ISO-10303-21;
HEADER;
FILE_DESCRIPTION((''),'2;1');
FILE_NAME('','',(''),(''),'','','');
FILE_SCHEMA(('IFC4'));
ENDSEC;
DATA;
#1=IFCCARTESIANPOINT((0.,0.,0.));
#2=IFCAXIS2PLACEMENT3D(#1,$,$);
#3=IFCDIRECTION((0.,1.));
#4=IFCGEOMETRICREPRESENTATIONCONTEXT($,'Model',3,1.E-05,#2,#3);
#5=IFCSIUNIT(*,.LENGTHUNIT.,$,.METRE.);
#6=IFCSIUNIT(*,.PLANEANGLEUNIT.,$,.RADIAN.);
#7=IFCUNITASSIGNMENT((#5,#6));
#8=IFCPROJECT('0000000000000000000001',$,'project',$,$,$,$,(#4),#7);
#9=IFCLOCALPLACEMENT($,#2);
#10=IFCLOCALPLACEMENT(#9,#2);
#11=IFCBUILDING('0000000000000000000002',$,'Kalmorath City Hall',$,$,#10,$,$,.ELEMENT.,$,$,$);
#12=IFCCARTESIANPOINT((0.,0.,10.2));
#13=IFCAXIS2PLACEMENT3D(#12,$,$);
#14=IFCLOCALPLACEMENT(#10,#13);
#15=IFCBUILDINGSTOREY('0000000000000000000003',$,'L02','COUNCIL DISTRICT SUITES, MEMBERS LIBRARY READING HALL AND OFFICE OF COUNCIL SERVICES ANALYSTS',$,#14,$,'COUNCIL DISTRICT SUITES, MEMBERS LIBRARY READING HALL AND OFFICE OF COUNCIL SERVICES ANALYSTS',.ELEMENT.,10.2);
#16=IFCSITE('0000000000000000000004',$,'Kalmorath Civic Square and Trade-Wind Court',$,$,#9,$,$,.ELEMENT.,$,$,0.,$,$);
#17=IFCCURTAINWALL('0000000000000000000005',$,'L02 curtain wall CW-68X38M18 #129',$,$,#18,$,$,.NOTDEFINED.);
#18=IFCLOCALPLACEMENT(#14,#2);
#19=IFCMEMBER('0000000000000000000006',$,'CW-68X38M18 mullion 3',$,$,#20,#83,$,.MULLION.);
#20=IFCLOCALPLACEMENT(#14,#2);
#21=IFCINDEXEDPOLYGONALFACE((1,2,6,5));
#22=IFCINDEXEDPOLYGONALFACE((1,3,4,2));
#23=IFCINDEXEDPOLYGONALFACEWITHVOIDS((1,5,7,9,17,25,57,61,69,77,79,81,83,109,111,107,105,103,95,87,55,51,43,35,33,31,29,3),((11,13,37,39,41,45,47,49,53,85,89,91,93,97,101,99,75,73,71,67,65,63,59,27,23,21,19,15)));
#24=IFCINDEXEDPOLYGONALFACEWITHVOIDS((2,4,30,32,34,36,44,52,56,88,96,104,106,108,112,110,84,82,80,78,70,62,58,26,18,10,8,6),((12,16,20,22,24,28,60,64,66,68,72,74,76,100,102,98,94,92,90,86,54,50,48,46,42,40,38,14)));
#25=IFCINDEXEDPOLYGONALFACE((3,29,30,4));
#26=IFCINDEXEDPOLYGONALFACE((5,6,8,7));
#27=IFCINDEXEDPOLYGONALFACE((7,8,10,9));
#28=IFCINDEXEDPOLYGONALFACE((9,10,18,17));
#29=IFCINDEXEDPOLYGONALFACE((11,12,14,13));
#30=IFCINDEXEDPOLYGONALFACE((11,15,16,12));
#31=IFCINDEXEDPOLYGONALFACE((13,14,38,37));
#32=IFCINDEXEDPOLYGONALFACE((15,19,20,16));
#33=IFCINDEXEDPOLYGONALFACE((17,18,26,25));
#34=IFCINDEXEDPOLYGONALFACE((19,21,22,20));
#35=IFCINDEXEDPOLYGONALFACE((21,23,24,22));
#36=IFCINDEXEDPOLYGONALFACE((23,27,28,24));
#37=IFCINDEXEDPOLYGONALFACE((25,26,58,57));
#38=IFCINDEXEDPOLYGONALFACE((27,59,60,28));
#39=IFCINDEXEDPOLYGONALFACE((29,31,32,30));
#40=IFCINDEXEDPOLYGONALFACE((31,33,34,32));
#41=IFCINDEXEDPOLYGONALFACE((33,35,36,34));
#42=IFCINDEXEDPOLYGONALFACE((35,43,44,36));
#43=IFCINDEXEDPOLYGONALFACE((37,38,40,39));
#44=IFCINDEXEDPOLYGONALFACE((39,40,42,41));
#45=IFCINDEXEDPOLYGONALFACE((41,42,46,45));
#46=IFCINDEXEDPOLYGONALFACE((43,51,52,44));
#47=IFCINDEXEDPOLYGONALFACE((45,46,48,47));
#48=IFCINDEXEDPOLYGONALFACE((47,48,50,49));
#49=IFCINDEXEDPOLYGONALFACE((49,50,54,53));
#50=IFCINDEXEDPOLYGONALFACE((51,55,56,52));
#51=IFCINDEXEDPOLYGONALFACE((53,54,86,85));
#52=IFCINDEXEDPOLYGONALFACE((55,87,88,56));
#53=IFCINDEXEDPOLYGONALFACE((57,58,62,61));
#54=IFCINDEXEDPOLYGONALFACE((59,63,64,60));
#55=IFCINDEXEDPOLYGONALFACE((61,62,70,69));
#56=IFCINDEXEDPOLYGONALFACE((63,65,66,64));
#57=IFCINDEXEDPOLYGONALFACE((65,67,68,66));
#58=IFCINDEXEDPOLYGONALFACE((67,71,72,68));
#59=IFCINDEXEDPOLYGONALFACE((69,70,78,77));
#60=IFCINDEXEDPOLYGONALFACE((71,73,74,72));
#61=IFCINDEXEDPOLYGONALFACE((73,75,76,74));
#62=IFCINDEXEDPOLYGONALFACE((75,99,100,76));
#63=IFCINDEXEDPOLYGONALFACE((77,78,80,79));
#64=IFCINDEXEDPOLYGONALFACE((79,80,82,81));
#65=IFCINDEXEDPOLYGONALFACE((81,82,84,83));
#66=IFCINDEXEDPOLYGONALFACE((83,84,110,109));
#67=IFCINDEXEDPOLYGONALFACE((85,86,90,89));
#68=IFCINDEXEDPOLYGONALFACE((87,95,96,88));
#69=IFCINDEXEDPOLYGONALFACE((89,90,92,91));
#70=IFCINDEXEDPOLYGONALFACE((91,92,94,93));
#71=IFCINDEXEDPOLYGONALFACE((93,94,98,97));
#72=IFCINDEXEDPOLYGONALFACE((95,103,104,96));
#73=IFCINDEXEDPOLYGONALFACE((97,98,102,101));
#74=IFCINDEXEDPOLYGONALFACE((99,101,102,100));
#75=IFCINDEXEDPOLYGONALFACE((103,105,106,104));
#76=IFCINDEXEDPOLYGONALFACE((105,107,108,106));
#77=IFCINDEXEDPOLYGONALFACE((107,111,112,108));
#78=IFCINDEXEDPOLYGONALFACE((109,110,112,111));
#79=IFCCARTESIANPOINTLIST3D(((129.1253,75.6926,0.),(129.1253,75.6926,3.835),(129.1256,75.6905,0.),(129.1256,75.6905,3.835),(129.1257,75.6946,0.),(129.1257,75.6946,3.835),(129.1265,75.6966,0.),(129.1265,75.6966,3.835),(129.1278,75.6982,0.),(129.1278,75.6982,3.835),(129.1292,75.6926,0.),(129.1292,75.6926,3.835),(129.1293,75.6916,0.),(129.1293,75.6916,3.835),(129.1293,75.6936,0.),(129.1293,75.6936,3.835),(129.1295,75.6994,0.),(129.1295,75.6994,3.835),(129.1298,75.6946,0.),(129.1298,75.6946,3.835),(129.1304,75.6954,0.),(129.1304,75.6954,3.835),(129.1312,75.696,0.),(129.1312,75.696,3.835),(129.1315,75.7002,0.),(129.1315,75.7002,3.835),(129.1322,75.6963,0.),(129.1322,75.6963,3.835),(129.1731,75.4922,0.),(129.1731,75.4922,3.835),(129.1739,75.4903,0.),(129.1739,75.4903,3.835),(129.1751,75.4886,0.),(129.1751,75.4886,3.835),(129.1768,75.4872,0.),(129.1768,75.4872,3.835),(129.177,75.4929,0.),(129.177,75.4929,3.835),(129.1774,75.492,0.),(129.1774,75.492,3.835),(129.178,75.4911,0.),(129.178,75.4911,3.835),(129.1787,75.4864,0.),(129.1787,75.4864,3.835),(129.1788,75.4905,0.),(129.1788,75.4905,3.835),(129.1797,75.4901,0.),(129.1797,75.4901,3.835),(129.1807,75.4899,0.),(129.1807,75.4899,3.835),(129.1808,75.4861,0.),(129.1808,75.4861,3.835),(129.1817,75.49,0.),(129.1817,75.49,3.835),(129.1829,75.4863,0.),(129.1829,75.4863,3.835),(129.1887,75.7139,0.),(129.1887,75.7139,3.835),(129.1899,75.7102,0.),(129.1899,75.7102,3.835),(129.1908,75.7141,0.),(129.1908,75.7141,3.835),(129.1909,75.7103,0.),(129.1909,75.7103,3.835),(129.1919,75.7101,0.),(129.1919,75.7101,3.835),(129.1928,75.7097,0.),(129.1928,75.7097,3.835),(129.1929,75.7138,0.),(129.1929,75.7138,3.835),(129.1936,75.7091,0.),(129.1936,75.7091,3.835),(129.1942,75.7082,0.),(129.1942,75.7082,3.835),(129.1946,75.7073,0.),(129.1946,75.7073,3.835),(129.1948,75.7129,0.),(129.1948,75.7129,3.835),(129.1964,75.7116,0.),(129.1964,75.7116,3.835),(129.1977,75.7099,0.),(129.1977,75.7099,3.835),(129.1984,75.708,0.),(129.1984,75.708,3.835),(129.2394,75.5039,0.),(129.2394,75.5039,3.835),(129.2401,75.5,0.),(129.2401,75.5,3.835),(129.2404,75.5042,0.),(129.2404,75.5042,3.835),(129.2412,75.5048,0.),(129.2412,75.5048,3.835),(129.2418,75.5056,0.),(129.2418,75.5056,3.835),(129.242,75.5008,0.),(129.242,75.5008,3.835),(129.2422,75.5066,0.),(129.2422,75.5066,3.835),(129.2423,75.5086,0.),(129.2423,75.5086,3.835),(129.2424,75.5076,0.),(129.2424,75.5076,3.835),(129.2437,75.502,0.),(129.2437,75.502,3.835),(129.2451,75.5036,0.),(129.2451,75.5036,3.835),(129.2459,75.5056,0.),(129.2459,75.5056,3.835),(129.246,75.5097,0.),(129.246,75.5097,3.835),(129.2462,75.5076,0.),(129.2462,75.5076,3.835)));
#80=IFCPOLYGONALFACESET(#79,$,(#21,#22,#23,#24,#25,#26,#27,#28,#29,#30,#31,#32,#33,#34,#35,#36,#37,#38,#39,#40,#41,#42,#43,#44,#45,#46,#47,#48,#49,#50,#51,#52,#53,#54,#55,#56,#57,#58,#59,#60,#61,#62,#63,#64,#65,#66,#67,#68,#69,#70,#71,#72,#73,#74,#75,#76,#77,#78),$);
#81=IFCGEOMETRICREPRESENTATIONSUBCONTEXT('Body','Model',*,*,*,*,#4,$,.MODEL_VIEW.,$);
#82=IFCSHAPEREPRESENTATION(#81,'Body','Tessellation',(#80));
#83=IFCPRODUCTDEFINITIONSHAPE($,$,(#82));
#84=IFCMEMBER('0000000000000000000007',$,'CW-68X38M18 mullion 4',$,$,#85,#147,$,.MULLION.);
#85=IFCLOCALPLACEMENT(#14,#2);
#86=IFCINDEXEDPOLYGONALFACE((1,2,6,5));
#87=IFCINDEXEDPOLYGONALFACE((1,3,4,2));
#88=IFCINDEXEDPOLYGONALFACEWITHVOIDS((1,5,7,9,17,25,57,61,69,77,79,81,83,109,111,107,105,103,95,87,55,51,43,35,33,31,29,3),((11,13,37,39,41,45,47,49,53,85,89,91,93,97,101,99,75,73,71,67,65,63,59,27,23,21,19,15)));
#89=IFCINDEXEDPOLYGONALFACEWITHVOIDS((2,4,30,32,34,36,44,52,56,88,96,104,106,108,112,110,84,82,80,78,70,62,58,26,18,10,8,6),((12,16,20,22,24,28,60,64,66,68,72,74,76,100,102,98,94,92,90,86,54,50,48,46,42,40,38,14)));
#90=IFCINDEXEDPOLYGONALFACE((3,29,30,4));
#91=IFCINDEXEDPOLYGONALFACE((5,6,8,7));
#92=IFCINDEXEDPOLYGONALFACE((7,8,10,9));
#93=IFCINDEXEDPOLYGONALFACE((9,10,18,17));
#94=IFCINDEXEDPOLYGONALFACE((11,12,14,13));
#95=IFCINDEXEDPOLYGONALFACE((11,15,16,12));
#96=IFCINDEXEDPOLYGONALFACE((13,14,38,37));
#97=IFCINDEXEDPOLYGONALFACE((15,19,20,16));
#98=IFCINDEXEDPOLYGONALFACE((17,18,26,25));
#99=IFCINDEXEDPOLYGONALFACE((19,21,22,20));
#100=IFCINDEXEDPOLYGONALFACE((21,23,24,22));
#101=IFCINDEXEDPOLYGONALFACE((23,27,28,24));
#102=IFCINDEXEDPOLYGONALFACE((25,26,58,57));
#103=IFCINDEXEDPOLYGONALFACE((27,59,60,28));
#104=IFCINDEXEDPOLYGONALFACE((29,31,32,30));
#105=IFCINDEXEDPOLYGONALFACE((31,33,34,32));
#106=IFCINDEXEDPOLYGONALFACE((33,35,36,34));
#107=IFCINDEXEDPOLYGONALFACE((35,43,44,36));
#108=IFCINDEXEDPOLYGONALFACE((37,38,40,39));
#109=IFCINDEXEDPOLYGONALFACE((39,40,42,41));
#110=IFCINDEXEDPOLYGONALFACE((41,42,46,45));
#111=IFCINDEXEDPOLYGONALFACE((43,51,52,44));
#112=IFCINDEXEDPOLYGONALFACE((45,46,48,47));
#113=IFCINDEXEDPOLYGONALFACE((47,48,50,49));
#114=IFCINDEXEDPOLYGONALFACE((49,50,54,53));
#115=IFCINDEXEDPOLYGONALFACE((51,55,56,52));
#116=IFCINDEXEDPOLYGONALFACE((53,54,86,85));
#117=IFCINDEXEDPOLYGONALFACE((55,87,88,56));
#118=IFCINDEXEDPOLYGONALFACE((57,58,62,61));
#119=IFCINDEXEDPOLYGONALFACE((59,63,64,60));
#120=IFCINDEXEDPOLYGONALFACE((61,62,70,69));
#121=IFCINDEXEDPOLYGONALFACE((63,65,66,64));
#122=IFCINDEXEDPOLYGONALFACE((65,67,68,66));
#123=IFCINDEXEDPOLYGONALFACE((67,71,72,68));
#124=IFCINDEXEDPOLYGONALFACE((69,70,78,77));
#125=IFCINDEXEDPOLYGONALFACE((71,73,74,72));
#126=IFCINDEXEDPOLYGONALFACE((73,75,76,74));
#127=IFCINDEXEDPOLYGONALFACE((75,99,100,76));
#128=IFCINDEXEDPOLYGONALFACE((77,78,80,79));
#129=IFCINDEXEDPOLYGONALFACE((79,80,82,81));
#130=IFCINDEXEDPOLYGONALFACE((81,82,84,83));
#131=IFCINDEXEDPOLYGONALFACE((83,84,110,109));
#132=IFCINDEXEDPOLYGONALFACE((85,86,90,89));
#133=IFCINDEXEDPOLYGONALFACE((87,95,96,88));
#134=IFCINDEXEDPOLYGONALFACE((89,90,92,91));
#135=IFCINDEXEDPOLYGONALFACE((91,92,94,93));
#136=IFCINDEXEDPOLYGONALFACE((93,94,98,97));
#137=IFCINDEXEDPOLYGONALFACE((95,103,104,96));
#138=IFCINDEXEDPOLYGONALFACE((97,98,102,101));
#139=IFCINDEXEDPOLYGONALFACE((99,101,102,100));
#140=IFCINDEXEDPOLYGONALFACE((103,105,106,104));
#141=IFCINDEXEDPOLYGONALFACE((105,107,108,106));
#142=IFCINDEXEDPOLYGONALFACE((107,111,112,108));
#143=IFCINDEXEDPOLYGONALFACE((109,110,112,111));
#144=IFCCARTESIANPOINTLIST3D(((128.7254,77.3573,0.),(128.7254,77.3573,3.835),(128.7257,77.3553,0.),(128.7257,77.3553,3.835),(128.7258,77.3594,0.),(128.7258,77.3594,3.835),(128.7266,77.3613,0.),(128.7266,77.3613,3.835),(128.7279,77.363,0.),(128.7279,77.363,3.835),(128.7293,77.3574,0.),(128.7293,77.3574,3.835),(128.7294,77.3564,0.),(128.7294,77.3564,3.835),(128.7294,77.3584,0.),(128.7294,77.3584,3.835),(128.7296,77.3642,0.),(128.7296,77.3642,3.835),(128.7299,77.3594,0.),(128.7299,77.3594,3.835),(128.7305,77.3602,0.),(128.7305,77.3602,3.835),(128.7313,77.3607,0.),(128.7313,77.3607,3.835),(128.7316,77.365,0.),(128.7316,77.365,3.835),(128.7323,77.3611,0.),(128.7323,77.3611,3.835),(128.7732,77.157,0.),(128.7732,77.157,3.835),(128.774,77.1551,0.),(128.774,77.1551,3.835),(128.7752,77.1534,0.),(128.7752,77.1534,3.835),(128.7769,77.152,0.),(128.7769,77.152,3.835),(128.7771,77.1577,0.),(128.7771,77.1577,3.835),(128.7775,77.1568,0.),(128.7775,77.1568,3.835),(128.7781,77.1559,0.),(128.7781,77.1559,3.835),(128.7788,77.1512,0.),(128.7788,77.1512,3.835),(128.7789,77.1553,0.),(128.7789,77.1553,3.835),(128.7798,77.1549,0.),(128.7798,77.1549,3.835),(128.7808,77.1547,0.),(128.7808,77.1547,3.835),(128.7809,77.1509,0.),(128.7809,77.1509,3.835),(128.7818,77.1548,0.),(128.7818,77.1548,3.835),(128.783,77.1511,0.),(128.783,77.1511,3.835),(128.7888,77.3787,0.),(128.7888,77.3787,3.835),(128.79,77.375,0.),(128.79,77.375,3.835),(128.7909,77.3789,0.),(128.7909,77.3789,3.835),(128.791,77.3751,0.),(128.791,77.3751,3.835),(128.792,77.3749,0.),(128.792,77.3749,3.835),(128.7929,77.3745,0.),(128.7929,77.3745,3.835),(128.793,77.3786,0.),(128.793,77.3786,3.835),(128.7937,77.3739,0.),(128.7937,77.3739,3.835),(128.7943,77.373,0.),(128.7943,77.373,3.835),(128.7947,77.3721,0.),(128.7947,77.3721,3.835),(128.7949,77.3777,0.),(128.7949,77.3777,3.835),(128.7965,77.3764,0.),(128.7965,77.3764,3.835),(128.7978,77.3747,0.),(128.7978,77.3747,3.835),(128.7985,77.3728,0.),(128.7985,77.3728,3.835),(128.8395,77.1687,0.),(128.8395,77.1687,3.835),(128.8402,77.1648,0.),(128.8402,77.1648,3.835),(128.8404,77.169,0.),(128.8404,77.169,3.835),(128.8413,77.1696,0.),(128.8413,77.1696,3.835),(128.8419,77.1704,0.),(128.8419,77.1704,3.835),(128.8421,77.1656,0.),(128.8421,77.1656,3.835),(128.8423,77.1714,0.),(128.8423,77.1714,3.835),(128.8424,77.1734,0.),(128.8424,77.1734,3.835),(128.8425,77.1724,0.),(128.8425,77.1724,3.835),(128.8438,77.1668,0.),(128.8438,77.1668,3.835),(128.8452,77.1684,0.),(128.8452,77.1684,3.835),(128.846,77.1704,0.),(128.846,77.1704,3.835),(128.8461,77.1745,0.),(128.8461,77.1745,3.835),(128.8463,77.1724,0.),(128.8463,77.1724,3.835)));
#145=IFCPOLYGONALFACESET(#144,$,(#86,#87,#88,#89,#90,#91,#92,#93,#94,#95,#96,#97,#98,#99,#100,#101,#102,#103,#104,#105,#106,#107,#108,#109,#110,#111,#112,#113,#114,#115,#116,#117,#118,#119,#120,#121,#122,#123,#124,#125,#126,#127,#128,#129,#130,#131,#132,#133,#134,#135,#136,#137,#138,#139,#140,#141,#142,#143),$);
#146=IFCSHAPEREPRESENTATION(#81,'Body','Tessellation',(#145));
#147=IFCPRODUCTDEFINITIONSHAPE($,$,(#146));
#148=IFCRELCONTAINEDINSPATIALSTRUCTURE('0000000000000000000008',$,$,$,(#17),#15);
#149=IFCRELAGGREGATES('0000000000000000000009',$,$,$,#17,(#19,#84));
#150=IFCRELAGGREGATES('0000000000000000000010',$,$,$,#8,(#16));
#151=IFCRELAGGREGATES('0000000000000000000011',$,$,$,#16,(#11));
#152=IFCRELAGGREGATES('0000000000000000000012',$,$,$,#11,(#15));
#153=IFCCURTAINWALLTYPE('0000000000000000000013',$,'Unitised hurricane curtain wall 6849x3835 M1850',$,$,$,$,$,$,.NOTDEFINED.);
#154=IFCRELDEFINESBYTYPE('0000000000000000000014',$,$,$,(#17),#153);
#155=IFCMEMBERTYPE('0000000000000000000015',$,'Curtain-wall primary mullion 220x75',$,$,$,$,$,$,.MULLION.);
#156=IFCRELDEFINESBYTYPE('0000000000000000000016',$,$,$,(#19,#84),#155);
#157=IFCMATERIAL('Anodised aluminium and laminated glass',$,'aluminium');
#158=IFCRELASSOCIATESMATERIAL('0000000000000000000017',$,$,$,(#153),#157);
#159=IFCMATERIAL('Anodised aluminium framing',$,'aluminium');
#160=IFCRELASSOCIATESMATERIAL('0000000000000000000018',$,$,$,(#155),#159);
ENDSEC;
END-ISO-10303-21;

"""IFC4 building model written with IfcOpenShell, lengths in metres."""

from ifc_helpers import new_model, si_unit, direction, frame, origin, origin_2d, place, context, subcontext, project, spatial, hollow_rectangle, extrude, material, material_profile, profile_set, type_object, element, aggregate, save


model = new_model("IFC4")

# Units and contexts
model_context = context("Model", 3, precision=1e-05, world=origin(), true_north=direction((0.0, 1.0)))
body_context = subcontext(model_context, "Body", "Model", "MODEL_VIEW")
ifc_project = project(units=[si_unit("LENGTHUNIT", "METRE"), si_unit("PLANEANGLEUNIT", "RADIAN")], contexts=[model_context])

# Site, building, storey
site_placement = place(None, origin())
site = spatial("IfcSite", under=ifc_project, at=site_placement, Name="Kalmorath Civic Square and Trade-Wind Court", CompositionType="ELEMENT", RefElevation=0.0)
building_placement = place(site_placement, origin())
building = spatial("IfcBuilding", under=site, at=building_placement, Name="Kalmorath City Hall", CompositionType="ELEMENT")
storey_placement = place(building_placement, frame((0.0, 0.0, 10.2)))
storey = spatial("IfcBuildingStorey", under=building, at=storey_placement, Name="L02", Description="COUNCIL DISTRICT SUITES, MEMBERS LIBRARY READING HALL AND OFFICE OF COUNCIL SERVICES ANALYSTS", LongName="COUNCIL DISTRICT SUITES, MEMBERS LIBRARY READING HALL AND OFFICE OF COUNCIL SERVICES ANALYSTS", CompositionType="ELEMENT", Elevation=10.2)

# Curtain wall
ifc_material_1 = material(Name="Anodised aluminium and laminated glass", Category="aluminium")
curtain_wall_type = type_object("IfcCurtainWallType", Name="Unitised hurricane curtain wall 6849x3835 M1850", PredefinedType="NOTDEFINED", material=ifc_material_1)
curtain_wall_1_placement = place(storey_placement, origin())
curtain_wall_1 = element("IfcCurtainWall", 1, at=curtain_wall_1_placement, inside=storey, type_object=curtain_wall_type, Name="L02 curtain wall CW-68X38M18 #129", PredefinedType="NOTDEFINED")

# Members
ifc_material_2 = material(Name="Anodised aluminium framing", Category="aluminium")
ifc_material_profile_1 = material_profile(ifc_material_2, hollow_rectangle(XDim=0.075, YDim=0.22, WallThickness=0.0039, InnerFilletRadius=0.0039, OuterFilletRadius=0.0081, at=origin_2d()), Name="ALU-MUL-220X75X4")
ifc_profile_set_1 = profile_set([ifc_material_profile_1], Name="Anodised aluminium framing")
member_type_1 = type_object("IfcMemberType", Name="Curtain-wall primary mullion 220x75", PredefinedType="MULLION", material=ifc_profile_set_1)
member_1_placement = place(storey_placement, frame((129.1858, 75.6001, 0.0), z_axis=(0.0, 0.0, 1.0), x_axis=(-0.972367, -0.233456, 0.0)))
member_1 = element("IfcMember", 2, at=member_1_placement, type_object=member_type_1, Name="CW-68X38M18 mullion 3", PredefinedType="MULLION", context=body_context, shape_type="SweptSolid", body=[
    extrude(hollow_rectangle(XDim=0.075, YDim=0.22, WallThickness=0.0039, InnerFilletRadius=0.0039, OuterFilletRadius=0.0081, at=origin_2d()), origin(), (0.0, 0.0, 1.0), 3.835),
])
member_2_placement = place(storey_placement, frame((128.7859, 77.2649, 0.0), z_axis=(0.0, 0.0, 1.0), x_axis=(-0.972367, -0.233456, 0.0)))
member_2 = element("IfcMember", 3, at=member_2_placement, type_object=member_type_1, Name="CW-68X38M18 mullion 4", PredefinedType="MULLION", context=body_context, shape_type="SweptSolid", body=[
    extrude(hollow_rectangle(XDim=0.075, YDim=0.22, WallThickness=0.0039, InnerFilletRadius=0.0039, OuterFilletRadius=0.0081, at=origin_2d()), origin(), (0.0, 0.0, 1.0), 3.835),
])

aggregate(curtain_wall_1, [member_1, member_2])

save(model, "model.ifc")
